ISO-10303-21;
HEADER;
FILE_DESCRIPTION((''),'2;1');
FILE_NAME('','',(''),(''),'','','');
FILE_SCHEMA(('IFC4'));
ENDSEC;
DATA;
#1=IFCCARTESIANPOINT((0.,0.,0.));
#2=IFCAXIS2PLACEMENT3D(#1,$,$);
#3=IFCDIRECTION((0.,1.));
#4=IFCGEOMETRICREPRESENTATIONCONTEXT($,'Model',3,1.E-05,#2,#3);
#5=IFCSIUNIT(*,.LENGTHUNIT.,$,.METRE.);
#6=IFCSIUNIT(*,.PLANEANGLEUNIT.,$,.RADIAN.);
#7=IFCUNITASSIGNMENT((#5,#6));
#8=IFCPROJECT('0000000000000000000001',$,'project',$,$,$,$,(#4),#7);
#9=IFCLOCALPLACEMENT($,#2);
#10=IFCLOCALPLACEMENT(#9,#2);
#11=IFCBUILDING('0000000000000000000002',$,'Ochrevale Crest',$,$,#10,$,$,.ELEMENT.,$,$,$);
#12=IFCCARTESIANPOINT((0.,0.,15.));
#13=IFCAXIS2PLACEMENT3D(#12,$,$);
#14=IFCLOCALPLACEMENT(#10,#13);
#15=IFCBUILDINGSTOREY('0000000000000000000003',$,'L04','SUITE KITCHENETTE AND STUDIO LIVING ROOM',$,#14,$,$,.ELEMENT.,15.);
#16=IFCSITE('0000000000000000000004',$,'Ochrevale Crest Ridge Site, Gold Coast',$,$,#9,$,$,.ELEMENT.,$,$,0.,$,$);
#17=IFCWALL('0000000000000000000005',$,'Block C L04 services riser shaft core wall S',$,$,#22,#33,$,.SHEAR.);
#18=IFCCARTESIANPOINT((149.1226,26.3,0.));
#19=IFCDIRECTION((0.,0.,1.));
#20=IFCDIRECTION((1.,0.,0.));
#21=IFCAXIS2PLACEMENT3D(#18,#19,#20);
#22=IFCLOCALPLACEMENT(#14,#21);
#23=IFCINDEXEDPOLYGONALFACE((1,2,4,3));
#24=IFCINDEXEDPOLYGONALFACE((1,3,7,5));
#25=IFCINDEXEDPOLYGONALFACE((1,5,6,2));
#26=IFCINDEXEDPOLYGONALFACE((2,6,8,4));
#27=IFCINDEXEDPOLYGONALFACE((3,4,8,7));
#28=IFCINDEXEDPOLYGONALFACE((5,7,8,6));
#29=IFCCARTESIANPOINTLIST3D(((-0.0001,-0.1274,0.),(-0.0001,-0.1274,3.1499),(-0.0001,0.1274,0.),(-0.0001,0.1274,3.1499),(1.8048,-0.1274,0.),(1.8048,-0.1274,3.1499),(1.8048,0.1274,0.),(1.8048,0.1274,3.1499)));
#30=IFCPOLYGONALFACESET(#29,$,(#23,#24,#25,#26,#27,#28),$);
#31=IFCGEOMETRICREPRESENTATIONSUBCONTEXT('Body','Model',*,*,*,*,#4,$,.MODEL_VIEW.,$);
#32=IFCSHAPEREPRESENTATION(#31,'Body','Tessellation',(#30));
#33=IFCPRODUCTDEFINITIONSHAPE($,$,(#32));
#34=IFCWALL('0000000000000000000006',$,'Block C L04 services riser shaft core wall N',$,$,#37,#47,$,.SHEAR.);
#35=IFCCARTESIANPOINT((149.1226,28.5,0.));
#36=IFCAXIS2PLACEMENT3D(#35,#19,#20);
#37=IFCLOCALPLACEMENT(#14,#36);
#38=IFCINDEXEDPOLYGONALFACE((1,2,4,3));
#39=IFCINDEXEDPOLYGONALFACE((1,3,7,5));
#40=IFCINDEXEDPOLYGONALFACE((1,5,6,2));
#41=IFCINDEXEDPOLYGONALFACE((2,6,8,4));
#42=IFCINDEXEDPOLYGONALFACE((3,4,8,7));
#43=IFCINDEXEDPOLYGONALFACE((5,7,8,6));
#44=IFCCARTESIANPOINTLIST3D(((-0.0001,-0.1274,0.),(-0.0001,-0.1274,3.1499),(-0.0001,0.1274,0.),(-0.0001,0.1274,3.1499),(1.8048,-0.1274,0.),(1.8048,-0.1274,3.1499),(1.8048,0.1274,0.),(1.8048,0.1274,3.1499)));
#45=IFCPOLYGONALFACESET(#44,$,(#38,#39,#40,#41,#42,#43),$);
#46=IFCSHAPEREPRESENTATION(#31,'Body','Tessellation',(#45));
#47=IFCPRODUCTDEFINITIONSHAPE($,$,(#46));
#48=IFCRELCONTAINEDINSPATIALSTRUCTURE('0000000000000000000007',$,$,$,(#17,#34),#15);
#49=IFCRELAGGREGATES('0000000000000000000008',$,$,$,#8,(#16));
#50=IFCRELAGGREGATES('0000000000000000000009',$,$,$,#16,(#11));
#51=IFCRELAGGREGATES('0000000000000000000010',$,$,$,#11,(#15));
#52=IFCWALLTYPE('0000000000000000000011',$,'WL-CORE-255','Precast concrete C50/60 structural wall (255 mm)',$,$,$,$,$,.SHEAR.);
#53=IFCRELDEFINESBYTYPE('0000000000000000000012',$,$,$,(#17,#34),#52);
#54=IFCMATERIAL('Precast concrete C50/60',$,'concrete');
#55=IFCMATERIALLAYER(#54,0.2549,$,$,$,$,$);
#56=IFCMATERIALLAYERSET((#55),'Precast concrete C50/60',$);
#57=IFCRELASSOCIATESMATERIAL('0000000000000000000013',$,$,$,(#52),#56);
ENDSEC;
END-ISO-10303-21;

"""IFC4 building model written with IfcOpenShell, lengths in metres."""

from ifc_helpers import new_model, si_unit, direction, frame, frame_2d, origin, place, context, subcontext, project, spatial, rectangle, extrude, material, layer, layer_set, type_object, element, save


model = new_model("IFC4")

# Units and contexts
model_context = context("Model", 3, precision=1e-05, world=origin(), true_north=direction((0.0, 1.0)))
body_context = subcontext(model_context, "Body", "Model", "MODEL_VIEW")
ifc_project = project(units=[si_unit("LENGTHUNIT", "METRE"), si_unit("PLANEANGLEUNIT", "RADIAN")], contexts=[model_context])

# Site, building, storey
site_placement = place(None, origin())
site = spatial("IfcSite", under=ifc_project, at=site_placement, Name="Ochrevale Crest Ridge Site, Gold Coast", CompositionType="ELEMENT", RefElevation=0.0)
building_placement = place(site_placement, origin())
building = spatial("IfcBuilding", under=site, at=building_placement, Name="Ochrevale Crest", CompositionType="ELEMENT")
storey_placement = place(building_placement, frame((0.0, 0.0, 15.0)))
storey = spatial("IfcBuildingStorey", under=building, at=storey_placement, Name="L04", Description="SUITE KITCHENETTE AND STUDIO LIVING ROOM", CompositionType="ELEMENT", Elevation=15.0)

# Shared definitions
ifc_material_1 = material(Name="Precast concrete C50/60", Category="concrete")

# Shared definitions
ifc_layer = layer(ifc_material_1, 0.2549)
ifc_layer_set = layer_set([ifc_layer], Name="Precast concrete C50/60")
wall_type = type_object("IfcWallType", Name="WL-CORE-255", Description="Precast concrete C50/60 structural wall (255 mm)", PredefinedType="SHEAR", material=ifc_layer_set)

# Walls
for number, where, z_axis, x_axis, name in (
    (1, (149.1226, 26.3, 0.0), (0.0, 0.0, 1.0), (1.0, 0.0, 0.0), "Block C L04 services riser shaft core wall S"),
    (2, (149.1226, 28.5, 0.0), (0.0, 0.0, 1.0), (1.0, 0.0, 0.0), "Block C L04 services riser shaft core wall N"),
):
    element("IfcWall", number, at=place(storey_placement, frame(where, z_axis=z_axis, x_axis=x_axis)), inside=storey, type_object=wall_type, Name=name, PredefinedType="SHEAR", context=body_context, shape_type="SweptSolid", body=[
        extrude(rectangle(XDim=1.8049, YDim=0.2549, at=frame_2d((0.9023, 0.0))), origin(), (0.0, 0.0, 1.0), 3.1499),
    ])

save(model, "model.ifc")
